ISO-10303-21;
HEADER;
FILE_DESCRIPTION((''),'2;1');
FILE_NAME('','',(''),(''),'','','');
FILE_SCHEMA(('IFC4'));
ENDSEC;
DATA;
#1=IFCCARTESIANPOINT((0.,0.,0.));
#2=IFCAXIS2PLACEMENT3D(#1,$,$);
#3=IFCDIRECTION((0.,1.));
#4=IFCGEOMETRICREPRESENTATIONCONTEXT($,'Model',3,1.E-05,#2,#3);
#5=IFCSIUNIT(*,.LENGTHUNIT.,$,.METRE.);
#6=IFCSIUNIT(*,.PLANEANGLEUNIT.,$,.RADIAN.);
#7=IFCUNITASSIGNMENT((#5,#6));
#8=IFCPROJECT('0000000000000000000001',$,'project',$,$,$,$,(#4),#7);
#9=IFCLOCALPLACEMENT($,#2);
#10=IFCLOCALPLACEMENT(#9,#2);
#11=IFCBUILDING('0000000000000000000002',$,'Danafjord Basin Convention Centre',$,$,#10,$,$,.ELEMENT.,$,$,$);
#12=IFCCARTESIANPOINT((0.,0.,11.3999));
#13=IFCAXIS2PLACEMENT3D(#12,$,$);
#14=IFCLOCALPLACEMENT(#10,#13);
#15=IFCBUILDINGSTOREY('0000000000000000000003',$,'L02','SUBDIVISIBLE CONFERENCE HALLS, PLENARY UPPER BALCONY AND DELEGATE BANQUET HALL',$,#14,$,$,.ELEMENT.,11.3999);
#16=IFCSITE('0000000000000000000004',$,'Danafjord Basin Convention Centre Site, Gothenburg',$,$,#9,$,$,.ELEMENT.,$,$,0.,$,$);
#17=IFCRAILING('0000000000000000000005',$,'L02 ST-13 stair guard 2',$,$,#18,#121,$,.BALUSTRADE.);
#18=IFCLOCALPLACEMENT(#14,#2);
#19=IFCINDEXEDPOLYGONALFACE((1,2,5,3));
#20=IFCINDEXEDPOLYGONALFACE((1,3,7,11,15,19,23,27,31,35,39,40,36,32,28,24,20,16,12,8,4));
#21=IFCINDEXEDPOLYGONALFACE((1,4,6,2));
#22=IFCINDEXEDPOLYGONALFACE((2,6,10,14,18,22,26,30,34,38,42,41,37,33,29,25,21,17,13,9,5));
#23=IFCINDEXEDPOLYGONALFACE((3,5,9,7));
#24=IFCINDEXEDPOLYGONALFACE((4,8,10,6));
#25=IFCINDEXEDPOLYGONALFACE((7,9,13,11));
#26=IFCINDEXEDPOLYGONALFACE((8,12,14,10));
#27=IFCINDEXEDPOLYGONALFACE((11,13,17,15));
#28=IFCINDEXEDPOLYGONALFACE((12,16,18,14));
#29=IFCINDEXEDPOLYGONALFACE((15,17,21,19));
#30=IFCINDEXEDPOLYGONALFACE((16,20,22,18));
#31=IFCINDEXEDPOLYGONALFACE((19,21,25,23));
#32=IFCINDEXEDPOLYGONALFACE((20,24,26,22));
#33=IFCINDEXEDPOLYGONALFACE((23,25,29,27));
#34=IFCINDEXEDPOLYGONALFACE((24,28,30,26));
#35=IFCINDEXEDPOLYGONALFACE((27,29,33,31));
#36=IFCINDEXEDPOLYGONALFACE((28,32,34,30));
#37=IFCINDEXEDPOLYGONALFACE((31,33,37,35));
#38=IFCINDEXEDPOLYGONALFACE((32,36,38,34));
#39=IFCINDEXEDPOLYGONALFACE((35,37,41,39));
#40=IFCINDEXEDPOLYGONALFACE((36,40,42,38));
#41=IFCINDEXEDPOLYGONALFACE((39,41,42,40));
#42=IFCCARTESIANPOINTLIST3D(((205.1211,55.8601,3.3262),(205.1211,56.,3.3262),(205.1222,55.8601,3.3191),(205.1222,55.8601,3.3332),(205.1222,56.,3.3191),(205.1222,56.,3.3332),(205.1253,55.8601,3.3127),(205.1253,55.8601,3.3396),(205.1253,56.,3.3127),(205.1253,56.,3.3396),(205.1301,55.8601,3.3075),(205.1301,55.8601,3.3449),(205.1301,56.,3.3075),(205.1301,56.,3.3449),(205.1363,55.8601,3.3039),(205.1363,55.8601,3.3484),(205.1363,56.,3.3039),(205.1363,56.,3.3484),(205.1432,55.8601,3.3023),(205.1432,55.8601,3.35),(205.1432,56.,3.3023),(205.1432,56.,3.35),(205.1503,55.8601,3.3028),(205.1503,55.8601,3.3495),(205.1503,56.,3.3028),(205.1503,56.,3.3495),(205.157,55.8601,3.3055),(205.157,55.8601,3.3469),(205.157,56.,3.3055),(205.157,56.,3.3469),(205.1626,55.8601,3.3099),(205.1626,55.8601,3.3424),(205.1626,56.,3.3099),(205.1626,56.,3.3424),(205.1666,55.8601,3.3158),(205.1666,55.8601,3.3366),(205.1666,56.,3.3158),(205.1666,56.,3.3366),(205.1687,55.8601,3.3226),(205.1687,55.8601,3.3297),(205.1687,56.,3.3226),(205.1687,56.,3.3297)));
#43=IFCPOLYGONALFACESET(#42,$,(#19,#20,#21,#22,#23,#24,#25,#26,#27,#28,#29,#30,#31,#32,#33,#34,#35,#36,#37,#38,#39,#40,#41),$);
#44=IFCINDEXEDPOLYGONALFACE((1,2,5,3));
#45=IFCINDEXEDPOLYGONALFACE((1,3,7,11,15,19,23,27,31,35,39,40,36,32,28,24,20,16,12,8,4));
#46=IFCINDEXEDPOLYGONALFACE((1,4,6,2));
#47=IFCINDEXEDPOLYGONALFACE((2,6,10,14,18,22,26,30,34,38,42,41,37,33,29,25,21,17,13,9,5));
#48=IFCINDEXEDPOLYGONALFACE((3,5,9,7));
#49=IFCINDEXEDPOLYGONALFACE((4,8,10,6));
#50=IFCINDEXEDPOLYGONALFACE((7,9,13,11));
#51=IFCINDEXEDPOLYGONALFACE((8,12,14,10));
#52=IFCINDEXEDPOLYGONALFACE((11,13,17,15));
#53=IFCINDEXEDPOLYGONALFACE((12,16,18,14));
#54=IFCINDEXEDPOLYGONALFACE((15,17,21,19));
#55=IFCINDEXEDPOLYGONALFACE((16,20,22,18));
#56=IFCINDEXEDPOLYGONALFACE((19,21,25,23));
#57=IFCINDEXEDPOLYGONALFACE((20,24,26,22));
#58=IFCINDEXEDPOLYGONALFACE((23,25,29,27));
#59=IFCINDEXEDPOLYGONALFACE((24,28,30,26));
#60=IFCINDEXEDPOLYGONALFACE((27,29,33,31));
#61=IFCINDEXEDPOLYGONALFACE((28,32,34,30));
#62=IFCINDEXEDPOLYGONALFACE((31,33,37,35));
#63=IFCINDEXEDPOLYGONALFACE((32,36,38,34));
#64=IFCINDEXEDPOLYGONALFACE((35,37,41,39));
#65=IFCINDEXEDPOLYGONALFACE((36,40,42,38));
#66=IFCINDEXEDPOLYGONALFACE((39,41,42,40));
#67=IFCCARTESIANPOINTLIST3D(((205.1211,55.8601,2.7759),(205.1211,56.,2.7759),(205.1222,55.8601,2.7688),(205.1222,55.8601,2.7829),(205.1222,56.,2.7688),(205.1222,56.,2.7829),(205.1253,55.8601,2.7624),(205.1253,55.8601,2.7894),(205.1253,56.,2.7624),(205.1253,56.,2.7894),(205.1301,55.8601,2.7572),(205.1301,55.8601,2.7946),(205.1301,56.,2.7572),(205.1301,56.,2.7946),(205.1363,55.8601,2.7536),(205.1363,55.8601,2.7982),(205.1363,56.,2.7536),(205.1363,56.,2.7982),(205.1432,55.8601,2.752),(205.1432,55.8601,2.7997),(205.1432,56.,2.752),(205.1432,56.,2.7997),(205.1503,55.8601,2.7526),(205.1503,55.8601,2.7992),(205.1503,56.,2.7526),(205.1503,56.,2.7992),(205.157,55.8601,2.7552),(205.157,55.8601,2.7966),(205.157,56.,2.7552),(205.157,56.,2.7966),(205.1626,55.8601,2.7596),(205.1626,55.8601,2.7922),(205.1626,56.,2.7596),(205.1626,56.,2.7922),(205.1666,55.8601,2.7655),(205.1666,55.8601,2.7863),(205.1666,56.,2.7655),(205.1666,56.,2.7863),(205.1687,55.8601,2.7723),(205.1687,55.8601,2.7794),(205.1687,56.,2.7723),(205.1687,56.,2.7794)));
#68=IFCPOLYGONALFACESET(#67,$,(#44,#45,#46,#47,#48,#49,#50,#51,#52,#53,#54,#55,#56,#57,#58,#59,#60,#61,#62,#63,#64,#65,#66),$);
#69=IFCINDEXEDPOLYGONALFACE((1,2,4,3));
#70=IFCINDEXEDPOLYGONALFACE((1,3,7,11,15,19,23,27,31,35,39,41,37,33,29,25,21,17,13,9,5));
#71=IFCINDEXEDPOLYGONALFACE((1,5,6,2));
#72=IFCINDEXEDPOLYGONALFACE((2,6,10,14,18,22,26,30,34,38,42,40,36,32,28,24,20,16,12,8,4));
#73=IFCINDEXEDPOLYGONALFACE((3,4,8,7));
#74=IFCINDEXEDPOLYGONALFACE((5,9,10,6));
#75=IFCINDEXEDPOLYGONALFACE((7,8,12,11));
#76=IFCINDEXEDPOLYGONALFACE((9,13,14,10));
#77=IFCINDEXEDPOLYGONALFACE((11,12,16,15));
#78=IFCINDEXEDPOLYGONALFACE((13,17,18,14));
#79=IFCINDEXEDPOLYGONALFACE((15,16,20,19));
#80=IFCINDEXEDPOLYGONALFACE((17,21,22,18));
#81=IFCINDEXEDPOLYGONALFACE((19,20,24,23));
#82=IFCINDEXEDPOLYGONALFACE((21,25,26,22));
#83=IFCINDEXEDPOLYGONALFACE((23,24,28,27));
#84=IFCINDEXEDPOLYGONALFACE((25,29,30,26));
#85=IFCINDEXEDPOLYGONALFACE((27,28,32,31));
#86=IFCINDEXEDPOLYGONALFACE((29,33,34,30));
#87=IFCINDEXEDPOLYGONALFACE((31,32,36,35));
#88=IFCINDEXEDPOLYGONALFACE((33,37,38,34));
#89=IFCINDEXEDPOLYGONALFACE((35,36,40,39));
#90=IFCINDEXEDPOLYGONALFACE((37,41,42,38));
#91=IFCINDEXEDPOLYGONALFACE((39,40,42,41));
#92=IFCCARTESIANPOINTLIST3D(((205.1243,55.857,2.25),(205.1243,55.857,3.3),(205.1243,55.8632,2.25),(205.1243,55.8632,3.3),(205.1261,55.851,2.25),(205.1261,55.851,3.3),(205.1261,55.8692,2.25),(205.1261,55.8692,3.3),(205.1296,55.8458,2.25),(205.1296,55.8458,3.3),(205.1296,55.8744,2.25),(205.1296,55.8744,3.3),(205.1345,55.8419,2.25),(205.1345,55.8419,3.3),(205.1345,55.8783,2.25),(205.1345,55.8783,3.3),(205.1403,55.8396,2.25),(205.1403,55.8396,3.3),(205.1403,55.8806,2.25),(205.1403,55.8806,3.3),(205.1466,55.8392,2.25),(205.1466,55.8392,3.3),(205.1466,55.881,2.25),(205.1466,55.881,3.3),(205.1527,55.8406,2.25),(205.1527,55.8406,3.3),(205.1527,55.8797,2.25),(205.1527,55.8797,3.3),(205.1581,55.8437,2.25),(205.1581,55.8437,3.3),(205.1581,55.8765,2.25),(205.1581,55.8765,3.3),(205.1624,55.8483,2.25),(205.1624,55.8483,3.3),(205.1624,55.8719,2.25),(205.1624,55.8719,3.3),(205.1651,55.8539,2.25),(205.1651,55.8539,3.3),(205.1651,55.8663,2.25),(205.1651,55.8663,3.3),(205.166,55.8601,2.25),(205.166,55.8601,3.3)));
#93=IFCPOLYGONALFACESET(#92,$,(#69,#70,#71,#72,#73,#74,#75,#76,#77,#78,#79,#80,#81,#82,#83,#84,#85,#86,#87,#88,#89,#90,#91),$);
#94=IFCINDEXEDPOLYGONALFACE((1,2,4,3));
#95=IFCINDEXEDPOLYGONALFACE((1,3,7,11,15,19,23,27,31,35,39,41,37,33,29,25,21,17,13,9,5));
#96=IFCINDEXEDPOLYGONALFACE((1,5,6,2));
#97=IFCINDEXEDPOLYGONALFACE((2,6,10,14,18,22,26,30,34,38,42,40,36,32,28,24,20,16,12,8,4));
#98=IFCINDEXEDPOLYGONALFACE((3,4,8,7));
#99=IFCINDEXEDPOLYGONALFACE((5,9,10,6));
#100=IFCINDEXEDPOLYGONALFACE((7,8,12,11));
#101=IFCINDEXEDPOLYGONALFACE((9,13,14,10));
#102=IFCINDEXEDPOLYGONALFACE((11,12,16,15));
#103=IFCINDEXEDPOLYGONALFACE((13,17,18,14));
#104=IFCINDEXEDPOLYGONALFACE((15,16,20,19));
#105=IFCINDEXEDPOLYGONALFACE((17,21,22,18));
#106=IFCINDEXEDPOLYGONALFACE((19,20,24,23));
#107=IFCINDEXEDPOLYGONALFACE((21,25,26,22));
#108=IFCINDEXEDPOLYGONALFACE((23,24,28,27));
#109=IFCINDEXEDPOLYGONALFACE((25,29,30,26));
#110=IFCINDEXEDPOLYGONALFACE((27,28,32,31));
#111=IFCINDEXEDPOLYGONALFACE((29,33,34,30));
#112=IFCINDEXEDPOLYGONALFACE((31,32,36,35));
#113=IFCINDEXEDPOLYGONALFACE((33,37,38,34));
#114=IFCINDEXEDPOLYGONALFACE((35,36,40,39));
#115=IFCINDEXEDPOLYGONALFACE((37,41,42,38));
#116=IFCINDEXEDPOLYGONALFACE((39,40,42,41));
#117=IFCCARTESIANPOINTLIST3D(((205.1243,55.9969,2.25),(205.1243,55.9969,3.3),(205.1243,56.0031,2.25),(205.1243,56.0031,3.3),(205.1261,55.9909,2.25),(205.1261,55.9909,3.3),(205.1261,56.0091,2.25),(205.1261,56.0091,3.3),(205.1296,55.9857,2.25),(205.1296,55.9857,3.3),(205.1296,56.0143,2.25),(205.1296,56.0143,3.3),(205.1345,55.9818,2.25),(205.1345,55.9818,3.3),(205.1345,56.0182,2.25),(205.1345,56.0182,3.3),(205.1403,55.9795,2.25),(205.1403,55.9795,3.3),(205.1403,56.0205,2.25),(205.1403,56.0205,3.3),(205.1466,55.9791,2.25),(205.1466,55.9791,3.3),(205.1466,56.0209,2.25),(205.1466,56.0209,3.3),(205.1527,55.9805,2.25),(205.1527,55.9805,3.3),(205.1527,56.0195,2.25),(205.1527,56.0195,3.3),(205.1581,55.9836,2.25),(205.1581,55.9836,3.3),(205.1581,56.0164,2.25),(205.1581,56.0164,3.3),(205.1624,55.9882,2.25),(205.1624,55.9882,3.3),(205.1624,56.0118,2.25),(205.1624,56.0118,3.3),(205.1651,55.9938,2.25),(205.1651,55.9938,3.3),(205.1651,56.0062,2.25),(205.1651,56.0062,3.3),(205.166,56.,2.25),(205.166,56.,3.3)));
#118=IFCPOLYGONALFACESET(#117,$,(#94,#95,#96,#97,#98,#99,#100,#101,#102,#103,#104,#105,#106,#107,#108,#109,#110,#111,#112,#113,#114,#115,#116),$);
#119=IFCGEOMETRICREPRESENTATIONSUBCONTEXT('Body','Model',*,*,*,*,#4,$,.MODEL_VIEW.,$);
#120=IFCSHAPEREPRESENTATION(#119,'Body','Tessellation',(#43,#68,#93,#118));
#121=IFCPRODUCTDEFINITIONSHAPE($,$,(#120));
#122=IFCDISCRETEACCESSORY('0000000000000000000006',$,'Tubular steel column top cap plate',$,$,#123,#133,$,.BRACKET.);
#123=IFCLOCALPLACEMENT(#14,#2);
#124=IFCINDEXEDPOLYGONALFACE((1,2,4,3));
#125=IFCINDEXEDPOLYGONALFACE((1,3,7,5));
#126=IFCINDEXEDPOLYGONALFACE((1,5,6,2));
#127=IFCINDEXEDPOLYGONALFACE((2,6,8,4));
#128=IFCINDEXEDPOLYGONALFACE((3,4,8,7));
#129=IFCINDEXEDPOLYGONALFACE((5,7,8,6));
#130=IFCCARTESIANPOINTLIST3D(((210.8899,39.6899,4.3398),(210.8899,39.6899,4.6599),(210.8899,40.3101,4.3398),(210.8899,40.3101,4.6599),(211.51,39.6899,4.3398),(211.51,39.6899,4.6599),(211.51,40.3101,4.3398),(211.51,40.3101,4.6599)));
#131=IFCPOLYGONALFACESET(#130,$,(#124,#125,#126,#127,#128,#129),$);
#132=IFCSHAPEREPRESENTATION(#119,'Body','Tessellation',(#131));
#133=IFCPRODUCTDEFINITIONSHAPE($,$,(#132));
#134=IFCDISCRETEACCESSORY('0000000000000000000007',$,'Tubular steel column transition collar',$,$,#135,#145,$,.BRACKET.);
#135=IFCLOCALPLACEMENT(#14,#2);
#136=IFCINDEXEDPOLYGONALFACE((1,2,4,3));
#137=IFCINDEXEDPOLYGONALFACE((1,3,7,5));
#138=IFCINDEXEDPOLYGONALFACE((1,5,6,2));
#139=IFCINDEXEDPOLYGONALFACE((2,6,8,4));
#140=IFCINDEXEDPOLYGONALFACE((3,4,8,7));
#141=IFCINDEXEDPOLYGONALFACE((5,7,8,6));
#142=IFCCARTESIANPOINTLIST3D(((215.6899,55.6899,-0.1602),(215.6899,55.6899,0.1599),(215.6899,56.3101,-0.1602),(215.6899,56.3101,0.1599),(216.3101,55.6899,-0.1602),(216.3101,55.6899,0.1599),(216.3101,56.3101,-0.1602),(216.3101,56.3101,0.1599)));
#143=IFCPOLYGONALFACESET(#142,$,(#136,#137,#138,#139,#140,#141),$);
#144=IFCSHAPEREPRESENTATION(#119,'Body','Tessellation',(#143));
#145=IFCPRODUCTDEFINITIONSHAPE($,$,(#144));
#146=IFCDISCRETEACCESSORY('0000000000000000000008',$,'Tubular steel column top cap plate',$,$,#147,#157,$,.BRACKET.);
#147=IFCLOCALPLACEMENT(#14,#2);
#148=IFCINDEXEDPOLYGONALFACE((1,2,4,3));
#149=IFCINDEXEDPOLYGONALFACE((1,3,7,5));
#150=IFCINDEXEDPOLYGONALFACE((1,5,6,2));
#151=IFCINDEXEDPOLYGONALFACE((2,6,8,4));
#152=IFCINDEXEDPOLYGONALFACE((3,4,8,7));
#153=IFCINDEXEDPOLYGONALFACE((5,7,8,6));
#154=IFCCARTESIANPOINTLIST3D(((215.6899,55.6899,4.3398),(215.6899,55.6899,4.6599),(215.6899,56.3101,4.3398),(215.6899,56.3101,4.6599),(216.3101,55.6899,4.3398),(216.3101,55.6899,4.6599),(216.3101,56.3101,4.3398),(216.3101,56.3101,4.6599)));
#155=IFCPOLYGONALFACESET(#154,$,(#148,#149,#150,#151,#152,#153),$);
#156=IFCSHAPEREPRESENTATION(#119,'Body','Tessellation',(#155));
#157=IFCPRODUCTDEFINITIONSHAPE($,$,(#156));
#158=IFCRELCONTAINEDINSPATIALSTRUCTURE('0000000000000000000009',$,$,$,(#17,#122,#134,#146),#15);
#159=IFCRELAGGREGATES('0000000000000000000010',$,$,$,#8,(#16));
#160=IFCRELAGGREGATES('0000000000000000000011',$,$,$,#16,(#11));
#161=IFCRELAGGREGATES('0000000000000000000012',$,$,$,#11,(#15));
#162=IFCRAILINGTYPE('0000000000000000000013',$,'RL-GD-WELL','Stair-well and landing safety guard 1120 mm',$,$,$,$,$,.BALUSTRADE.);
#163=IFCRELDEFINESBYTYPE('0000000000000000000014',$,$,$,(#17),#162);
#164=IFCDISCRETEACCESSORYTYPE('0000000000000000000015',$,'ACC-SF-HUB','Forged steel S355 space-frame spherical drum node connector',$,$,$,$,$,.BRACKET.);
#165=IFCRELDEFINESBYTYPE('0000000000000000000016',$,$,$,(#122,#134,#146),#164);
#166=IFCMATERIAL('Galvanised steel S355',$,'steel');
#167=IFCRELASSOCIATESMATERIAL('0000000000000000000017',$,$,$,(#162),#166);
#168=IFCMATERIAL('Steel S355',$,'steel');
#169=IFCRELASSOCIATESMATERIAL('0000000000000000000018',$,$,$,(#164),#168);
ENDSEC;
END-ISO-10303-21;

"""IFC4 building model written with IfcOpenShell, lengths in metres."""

from ifc_helpers import new_model, si_unit, direction, frame, origin, origin_2d, place, context, subcontext, project, spatial, rectangle, circle, extrude, material, type_object, element, save


model = new_model("IFC4")

# Units and contexts
model_context = context("Model", 3, precision=1e-05, world=origin(), true_north=direction((0.0, 1.0)))
body_context = subcontext(model_context, "Body", "Model", "MODEL_VIEW")
ifc_project = project(units=[si_unit("LENGTHUNIT", "METRE"), si_unit("PLANEANGLEUNIT", "RADIAN")], contexts=[model_context])

# Site, building, storey
site_placement = place(None, origin())
site = spatial("IfcSite", under=ifc_project, at=site_placement, Name="Danafjord Basin Convention Centre Site, Gothenburg", CompositionType="ELEMENT", RefElevation=0.0)
building_placement = place(site_placement, origin())
building = spatial("IfcBuilding", under=site, at=building_placement, Name="Danafjord Basin Convention Centre", CompositionType="ELEMENT")
storey_placement = place(building_placement, frame((0.0, 0.0, 11.3999)))
storey = spatial("IfcBuildingStorey", under=building, at=storey_placement, Name="L02", Description="SUBDIVISIBLE CONFERENCE HALLS, PLENARY UPPER BALCONY AND DELEGATE BANQUET HALL", CompositionType="ELEMENT", Elevation=11.3999)

# Shared definitions
ifc_material_1 = material(Name="Steel S355", Category="steel")

# Railing
ifc_material_2 = material(Name="Galvanised steel S355", Category="steel")
railing_type = type_object("IfcRailingType", Name="RL-GD-WELL", Description="Stair-well and landing safety guard 1120 mm", PredefinedType="BALUSTRADE", material=ifc_material_2)
railing_placement = place(storey_placement, frame((205.145, 55.8601, 2.25)))
element("IfcRailing", 1, at=railing_placement, inside=storey, type_object=railing_type, Name="L02 ST-13 stair guard 2", PredefinedType="BALUSTRADE", context=body_context, shape_type="SweptSolid", body=[
    extrude(circle(Radius=0.0239, at=origin_2d()), frame((0.0, 0.0, 1.0762), z_axis=(0.0, 1.0, 0.0), x_axis=(-1.0, 0.0, 0.0)), (0.0, 0.0, 1.0), 0.1399),
    extrude(circle(Radius=0.0239, at=origin_2d()), frame((0.0, 0.0, 0.5259), z_axis=(0.0, 1.0, 0.0), x_axis=(-1.0, 0.0, 0.0)), (0.0, 0.0, 1.0), 0.1399),
    extrude(circle(Radius=0.021, at=origin_2d()), origin(), (0.0, 0.0, 1.0), 1.05),
    extrude(circle(Radius=0.021, at=origin_2d()), frame((0.0, 0.1399, 0.0)), (0.0, 0.0, 1.0), 1.05),
])

# Discrete accessories
discrete_accessory_type = type_object("IfcDiscreteAccessoryType", Name="ACC-SF-HUB", Description="Forged steel S355 space-frame spherical drum node connector", PredefinedType="BRACKET", material=ifc_material_1)
for number, where, z_axis, x_axis, name in (
    (2, (211.2, 40.0, 4.3398), (0.0, 0.0, 1.0), (1.0, 0.0, 0.0), "Tubular steel column top cap plate"),
    (3, (216.0, 56.0, -0.1602), (0.0, 0.0, 1.0), (1.0, 0.0, 0.0), "Tubular steel column transition collar"),
    (4, (216.0, 56.0, 4.3398), (0.0, 0.0, 1.0), (1.0, 0.0, 0.0), "Tubular steel column top cap plate"),
):
    element("IfcDiscreteAccessory", number, at=place(storey_placement, frame(where, z_axis=z_axis, x_axis=x_axis)), inside=storey, type_object=discrete_accessory_type, Name=name, PredefinedType="BRACKET", context=body_context, shape_type="SweptSolid", body=[
        extrude(rectangle(XDim=0.6201, YDim=0.6201, at=origin_2d()), origin(), (0.0, 0.0, 1.0), 0.3201),
    ])

save(model, "model.ifc")
